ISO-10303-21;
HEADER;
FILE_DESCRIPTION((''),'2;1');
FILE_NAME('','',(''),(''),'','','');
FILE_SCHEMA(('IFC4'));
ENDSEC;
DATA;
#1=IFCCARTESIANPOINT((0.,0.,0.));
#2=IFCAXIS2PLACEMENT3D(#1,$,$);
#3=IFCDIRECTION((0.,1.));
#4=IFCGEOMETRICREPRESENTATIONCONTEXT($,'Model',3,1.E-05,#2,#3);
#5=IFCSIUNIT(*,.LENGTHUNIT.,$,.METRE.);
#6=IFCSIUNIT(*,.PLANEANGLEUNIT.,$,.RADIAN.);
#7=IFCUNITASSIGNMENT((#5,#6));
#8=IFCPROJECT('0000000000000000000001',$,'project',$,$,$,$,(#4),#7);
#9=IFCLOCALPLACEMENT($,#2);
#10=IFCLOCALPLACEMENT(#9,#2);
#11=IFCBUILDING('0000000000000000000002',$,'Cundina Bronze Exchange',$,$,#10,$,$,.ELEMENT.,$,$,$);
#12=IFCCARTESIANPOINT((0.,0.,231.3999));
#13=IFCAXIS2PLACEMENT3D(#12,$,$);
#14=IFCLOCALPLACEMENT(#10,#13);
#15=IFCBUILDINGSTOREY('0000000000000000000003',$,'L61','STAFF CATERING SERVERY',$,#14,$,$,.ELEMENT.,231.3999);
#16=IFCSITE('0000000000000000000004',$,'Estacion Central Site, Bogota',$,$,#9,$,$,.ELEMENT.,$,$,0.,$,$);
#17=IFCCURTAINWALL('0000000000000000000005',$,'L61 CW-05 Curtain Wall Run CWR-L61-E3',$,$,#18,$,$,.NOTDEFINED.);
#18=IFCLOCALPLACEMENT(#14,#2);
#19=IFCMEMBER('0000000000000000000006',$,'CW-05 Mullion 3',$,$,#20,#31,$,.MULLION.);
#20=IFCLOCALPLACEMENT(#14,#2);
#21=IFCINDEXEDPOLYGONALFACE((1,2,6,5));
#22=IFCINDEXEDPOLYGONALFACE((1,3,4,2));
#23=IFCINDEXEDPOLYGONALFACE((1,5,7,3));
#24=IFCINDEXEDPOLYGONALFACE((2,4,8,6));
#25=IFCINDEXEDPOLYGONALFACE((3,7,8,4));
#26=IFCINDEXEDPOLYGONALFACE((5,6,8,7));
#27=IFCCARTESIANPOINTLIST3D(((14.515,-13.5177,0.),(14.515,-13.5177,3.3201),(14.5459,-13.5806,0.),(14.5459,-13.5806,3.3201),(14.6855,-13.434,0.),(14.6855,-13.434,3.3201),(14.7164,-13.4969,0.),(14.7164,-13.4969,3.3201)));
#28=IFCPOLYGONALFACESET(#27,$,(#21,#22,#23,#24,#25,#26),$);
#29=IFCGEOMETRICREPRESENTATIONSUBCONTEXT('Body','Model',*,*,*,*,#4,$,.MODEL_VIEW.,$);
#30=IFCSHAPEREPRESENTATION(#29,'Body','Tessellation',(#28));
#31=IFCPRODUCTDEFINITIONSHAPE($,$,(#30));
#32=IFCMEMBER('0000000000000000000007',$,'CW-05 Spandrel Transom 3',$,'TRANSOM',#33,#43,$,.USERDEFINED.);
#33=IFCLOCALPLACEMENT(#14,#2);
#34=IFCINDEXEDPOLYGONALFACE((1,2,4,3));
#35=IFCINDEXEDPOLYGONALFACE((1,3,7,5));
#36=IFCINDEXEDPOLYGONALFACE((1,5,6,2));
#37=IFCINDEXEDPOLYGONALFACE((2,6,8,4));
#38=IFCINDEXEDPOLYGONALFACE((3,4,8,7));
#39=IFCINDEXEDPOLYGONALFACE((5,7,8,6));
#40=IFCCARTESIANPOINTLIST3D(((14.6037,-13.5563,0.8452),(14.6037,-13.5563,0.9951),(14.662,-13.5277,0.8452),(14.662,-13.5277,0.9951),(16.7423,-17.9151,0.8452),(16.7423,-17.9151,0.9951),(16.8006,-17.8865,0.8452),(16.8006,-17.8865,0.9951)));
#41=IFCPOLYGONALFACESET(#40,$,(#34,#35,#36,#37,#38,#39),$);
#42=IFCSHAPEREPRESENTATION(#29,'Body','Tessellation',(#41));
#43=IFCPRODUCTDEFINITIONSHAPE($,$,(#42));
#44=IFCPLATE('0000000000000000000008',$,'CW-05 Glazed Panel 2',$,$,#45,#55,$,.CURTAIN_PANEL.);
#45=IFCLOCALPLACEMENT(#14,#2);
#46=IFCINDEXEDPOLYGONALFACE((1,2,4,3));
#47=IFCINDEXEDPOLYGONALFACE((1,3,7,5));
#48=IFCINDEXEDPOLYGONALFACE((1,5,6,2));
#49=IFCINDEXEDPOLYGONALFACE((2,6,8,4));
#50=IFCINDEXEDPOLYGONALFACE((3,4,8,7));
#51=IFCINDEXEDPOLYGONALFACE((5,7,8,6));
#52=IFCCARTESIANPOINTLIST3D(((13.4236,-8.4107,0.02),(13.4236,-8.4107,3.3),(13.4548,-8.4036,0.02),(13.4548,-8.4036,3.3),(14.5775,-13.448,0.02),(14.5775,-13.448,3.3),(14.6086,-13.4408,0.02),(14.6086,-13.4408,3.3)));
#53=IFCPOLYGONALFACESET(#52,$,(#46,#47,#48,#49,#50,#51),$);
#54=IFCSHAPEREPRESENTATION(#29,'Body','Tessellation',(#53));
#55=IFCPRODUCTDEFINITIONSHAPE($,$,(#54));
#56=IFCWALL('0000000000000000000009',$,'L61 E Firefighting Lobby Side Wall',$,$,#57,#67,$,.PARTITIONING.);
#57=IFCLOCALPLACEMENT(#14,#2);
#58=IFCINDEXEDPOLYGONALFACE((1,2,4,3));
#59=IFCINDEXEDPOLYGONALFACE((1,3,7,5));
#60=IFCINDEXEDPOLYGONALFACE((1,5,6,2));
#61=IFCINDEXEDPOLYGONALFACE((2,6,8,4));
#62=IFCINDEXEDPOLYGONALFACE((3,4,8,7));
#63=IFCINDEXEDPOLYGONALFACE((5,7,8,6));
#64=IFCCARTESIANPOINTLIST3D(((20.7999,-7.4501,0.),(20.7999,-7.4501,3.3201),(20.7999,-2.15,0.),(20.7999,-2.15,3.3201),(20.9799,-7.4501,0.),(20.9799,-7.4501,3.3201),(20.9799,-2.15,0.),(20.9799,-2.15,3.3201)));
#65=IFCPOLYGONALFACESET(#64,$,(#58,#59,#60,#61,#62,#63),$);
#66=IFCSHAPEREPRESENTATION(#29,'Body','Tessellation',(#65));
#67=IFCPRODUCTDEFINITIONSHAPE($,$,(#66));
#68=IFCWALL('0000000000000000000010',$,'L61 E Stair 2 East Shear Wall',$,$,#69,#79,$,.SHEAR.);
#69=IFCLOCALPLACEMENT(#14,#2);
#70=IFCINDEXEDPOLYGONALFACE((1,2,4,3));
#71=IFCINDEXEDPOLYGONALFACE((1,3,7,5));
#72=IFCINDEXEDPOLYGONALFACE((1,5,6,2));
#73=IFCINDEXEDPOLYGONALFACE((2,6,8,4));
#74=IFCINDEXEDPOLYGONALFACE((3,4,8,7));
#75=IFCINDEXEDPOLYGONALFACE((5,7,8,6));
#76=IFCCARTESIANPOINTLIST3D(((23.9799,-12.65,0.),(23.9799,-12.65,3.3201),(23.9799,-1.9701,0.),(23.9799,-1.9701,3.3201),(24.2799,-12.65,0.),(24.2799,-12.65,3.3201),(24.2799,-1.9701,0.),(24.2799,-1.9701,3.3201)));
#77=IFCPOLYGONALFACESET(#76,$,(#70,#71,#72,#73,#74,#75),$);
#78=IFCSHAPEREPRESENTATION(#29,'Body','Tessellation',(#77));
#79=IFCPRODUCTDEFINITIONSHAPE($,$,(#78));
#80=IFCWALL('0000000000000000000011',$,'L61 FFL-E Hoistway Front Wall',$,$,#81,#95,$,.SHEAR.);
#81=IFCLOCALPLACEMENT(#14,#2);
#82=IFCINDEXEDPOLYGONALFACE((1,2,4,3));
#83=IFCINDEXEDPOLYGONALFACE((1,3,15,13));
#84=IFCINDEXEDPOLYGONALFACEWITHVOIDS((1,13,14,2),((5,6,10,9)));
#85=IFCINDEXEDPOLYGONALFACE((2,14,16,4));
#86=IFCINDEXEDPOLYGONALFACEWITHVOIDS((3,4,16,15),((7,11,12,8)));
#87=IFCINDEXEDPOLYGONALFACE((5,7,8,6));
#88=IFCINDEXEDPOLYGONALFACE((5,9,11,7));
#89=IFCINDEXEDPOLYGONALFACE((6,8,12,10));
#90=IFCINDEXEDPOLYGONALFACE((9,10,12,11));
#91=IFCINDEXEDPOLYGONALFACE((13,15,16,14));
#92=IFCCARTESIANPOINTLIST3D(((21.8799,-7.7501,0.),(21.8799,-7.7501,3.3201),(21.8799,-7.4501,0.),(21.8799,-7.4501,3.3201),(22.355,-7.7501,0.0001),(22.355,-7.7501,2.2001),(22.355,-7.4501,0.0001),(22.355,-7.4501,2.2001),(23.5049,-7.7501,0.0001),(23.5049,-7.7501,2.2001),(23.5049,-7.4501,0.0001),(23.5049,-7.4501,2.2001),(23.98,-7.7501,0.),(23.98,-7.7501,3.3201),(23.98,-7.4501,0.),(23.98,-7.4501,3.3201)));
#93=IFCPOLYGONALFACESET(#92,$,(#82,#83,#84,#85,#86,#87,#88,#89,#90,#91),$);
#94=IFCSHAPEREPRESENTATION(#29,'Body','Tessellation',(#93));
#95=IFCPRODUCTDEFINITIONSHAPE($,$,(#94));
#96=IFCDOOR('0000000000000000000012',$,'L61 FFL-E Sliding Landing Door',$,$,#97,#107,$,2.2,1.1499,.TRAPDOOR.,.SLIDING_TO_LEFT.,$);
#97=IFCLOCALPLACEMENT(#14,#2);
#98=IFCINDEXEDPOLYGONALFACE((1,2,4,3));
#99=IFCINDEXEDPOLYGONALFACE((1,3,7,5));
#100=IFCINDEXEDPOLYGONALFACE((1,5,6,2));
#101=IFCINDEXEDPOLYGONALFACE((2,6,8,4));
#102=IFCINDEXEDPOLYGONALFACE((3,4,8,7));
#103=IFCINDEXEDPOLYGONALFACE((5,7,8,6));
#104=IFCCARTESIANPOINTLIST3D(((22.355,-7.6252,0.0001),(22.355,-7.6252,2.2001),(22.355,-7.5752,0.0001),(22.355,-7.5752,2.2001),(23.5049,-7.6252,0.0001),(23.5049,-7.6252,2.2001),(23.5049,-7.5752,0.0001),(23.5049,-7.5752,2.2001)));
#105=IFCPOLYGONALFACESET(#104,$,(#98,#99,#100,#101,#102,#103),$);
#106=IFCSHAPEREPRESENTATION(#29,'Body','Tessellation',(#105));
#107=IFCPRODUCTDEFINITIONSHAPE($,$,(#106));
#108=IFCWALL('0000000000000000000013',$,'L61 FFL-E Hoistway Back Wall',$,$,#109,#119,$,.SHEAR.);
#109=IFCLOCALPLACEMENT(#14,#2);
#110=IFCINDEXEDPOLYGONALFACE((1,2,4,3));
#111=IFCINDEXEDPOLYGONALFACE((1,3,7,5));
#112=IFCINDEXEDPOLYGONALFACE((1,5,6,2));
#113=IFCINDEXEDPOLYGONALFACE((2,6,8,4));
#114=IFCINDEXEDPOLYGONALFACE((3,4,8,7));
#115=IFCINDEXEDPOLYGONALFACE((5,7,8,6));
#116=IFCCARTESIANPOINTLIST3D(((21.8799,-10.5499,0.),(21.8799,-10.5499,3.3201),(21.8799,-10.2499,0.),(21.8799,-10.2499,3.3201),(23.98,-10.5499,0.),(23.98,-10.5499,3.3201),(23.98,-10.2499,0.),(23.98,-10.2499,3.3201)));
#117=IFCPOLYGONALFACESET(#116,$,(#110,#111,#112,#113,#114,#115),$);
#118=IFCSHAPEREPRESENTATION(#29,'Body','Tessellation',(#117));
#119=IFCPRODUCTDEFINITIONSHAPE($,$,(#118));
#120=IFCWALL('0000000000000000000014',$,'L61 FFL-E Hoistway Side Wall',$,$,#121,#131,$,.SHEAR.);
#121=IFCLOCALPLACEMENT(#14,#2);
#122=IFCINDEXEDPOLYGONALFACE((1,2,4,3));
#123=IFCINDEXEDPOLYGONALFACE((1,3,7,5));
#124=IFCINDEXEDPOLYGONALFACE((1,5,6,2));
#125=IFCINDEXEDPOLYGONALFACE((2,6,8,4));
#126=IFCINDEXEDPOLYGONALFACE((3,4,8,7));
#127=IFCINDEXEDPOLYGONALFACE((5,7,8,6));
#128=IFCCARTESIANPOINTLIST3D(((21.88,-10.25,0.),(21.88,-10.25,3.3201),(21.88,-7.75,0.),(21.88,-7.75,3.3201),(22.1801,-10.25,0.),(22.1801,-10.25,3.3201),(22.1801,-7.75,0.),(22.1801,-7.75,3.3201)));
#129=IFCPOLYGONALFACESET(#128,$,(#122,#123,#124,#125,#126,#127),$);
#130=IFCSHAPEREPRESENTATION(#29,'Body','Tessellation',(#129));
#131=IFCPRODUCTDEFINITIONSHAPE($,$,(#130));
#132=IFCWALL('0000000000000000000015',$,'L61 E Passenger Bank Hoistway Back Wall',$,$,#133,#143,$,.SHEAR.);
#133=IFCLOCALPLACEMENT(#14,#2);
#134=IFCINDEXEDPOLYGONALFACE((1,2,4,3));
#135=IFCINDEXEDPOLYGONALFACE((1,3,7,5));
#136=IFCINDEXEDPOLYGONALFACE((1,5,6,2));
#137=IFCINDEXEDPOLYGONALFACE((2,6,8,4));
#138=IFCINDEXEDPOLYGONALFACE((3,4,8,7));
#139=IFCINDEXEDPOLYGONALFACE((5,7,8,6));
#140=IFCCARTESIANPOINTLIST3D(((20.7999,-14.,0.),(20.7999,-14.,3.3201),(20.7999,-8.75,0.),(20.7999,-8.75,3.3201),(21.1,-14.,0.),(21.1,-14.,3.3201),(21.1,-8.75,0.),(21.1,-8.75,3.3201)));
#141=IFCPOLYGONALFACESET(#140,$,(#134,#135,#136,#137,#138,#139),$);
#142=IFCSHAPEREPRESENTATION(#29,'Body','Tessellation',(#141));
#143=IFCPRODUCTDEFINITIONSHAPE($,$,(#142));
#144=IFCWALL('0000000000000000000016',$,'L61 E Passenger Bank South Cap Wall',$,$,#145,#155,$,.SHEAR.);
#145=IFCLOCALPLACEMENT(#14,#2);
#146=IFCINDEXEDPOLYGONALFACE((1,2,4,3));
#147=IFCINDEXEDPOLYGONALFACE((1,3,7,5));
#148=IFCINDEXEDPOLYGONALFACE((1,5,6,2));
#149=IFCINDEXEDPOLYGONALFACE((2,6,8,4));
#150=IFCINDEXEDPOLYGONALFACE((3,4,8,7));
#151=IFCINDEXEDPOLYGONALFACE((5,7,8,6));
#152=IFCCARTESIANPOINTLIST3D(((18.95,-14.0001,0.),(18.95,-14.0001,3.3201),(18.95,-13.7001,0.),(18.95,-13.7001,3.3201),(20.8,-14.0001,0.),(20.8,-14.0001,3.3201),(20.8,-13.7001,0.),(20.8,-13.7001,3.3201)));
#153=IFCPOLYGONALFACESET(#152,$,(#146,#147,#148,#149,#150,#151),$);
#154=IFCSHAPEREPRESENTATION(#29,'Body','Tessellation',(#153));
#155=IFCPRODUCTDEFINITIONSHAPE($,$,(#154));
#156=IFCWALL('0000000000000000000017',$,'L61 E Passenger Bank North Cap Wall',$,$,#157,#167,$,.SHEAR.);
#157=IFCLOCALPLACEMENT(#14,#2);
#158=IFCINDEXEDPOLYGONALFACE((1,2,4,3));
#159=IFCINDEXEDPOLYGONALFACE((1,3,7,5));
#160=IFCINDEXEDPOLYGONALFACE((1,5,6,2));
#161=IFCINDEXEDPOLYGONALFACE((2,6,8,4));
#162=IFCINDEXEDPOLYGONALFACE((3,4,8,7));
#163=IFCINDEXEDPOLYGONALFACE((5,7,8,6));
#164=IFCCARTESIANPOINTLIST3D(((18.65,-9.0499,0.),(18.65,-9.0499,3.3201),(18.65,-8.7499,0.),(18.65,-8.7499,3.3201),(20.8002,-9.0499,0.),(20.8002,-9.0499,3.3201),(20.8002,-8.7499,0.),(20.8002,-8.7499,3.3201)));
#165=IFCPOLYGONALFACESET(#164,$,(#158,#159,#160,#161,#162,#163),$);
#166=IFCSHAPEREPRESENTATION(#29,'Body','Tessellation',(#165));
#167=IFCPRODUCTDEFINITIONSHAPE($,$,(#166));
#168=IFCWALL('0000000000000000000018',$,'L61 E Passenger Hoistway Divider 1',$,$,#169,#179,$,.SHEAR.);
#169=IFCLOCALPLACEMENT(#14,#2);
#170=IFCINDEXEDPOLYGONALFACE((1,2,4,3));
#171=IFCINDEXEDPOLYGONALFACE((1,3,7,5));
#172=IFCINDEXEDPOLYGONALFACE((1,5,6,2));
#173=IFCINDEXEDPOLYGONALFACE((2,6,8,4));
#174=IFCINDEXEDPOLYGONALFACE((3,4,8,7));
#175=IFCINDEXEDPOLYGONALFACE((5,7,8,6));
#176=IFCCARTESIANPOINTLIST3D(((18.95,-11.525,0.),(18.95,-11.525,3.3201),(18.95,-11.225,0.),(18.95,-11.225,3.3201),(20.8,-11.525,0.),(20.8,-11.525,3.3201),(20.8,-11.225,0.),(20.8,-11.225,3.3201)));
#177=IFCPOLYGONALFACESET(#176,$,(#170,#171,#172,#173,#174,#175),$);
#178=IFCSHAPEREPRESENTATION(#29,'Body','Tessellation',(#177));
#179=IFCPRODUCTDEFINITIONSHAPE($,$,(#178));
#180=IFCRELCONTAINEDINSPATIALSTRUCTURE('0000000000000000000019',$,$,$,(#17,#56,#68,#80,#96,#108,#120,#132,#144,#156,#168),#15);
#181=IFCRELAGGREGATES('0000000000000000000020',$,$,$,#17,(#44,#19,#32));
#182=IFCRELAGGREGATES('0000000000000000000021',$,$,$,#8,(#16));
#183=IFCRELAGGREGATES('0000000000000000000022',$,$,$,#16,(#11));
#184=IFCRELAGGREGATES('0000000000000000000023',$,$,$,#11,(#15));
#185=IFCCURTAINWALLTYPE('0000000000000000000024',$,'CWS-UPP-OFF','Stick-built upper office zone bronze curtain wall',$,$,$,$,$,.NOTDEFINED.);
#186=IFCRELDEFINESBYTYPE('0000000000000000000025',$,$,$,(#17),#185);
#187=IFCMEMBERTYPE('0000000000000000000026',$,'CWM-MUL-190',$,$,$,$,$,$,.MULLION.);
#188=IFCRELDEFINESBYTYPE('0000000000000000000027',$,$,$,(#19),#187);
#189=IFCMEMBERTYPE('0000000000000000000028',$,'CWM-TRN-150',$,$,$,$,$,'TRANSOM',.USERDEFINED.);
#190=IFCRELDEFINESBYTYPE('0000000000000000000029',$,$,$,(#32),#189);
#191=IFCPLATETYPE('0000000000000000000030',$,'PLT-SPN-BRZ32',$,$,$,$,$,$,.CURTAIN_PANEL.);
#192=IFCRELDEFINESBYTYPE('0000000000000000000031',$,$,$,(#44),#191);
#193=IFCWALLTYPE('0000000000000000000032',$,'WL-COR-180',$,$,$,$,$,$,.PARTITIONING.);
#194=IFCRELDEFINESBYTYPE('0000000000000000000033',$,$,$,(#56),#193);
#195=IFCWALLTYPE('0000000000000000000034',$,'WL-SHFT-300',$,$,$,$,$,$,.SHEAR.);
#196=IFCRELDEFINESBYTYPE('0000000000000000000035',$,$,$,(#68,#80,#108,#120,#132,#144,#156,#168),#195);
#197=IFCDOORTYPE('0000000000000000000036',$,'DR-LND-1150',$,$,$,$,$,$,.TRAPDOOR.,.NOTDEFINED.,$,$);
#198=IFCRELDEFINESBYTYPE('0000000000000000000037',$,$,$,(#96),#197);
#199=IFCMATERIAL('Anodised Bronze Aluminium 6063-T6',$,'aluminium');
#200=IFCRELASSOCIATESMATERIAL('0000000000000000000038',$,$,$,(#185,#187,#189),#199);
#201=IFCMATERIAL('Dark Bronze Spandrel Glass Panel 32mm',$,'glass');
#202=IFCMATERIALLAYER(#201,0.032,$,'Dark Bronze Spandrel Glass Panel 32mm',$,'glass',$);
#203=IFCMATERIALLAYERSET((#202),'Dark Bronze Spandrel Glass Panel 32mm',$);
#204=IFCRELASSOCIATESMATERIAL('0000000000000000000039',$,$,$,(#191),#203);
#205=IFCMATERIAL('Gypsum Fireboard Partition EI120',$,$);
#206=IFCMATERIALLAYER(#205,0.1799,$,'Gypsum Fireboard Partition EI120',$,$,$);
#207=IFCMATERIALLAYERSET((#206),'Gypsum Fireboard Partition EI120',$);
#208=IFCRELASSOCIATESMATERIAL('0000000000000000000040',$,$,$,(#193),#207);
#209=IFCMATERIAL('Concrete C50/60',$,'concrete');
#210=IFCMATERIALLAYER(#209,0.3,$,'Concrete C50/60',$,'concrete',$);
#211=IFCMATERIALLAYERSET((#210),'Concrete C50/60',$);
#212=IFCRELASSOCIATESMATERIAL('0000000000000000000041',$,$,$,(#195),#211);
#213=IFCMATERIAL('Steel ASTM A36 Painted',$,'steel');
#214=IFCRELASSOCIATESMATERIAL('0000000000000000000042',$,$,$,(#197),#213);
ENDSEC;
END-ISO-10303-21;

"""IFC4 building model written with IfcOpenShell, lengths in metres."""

from ifc_helpers import new_model, si_unit, direction, frame, frame_2d, origin, origin_2d, place, context, subcontext, project, spatial, rectangle, extrude, material, layer, layer_set, material_profile, profile_set, type_object, element, fill, aggregate, save


model = new_model("IFC4")

# Units and contexts
model_context = context("Model", 3, precision=1e-05, world=origin(), true_north=direction((0.0, 1.0)))
body_context = subcontext(model_context, "Body", "Model", "MODEL_VIEW")
ifc_project = project(units=[si_unit("LENGTHUNIT", "METRE"), si_unit("PLANEANGLEUNIT", "RADIAN")], contexts=[model_context])

# Site, building, storey
site_placement = place(None, origin())
site = spatial("IfcSite", under=ifc_project, at=site_placement, Name="Estacion Central Site, Bogota", CompositionType="ELEMENT", RefElevation=0.0)
building_placement = place(site_placement, origin())
building = spatial("IfcBuilding", under=site, at=building_placement, Name="Cundina Bronze Exchange", CompositionType="ELEMENT")
storey_placement = place(building_placement, frame((0.0, 0.0, 231.3999)))
storey = spatial("IfcBuildingStorey", under=building, at=storey_placement, Name="L61", Description="STAFF CATERING SERVERY", CompositionType="ELEMENT", Elevation=231.3999)

# Shared definitions
ifc_material_1 = material(Name="Concrete C50/60", Category="concrete")

# Curtain wall, members, plate
ifc_material_2 = material(Name="Anodised Bronze Aluminium 6063-T6", Category="aluminium")
curtain_wall_type = type_object("IfcCurtainWallType", Name="CWS-UPP-OFF", Description="Stick-built upper office zone bronze curtain wall", PredefinedType="NOTDEFINED", material=ifc_material_2)
curtain_wall_placement = place(storey_placement, origin())
curtain_wall = element("IfcCurtainWall", 1, at=curtain_wall_placement, inside=storey, type_object=curtain_wall_type, Name="L61 CW-05 Curtain Wall Run CWR-L61-E3", PredefinedType="NOTDEFINED")
ifc_material_profile_1 = material_profile(ifc_material_2, rectangle(XDim=0.0701, YDim=0.1899, at=origin_2d()), Name="AL70X190", Category="aluminium")
ifc_profile_set_1 = profile_set([ifc_material_profile_1], Name="Anodised Bronze Aluminium 6063-T6")
member_type_1 = type_object("IfcMemberType", Name="CWM-MUL-190", PredefinedType="MULLION", material=ifc_profile_set_1)
member_1_placement = place(storey_placement, frame((14.6157, -13.5073, 0.0), z_axis=(0.0, 0.0, 1.0), x_axis=(0.440566, -0.89772, 0.0)))
member_1 = element("IfcMember", 2, at=member_1_placement, type_object=member_type_1, Name="CW-05 Mullion 3", PredefinedType="MULLION", context=body_context, shape_type="SweptSolid", body=[
    extrude(rectangle(XDim=0.0701, YDim=0.1899, at=origin_2d()), origin(), (0.0, 0.0, 1.0), 3.3201),
])
ifc_material_profile_2 = material_profile(ifc_material_2, rectangle(XDim=0.0649, YDim=0.1499, at=origin_2d()), Name="AL65X150", Category="aluminium")
ifc_profile_set_2 = profile_set([ifc_material_profile_2], Name="Anodised Bronze Aluminium 6063-T6")
member_type_2 = type_object("IfcMemberType", Name="CWM-TRN-150", ElementType="TRANSOM", PredefinedType="USERDEFINED", material=ifc_profile_set_2)
member_2_placement = place(storey_placement, frame((14.6328, -13.542, 0.9202), z_axis=(0.440483, -0.897761, 0.0), x_axis=(0.897761, 0.440483, 0.0)))
member_2 = element("IfcMember", 3, at=member_2_placement, type_object=member_type_2, Name="CW-05 Spandrel Transom 3", ObjectType="TRANSOM", PredefinedType="USERDEFINED", context=body_context, shape_type="SweptSolid", body=[
    extrude(rectangle(XDim=0.0649, YDim=0.1499, at=origin_2d()), origin(), (0.0, 0.0, 1.0), 4.8552),
])
ifc_material_3 = material(Name="Dark Bronze Spandrel Glass Panel 32mm", Category="glass")
ifc_layer_1 = layer(ifc_material_3, 0.032, Name="Dark Bronze Spandrel Glass Panel 32mm", Category="glass")
ifc_layer_set_1 = layer_set([ifc_layer_1], Name="Dark Bronze Spandrel Glass Panel 32mm")
plate_type = type_object("IfcPlateType", Name="PLT-SPN-BRZ32", PredefinedType="CURTAIN_PANEL", material=ifc_layer_set_1)
plate_placement = place(storey_placement, frame((14.0161, -10.9258, 0.02), z_axis=(0.0, 0.0, 1.0), x_axis=(0.223284, -0.974753, 0.0)))
plate = element("IfcPlate", 4, at=plate_placement, type_object=plate_type, Name="CW-05 Glazed Panel 2", PredefinedType="CURTAIN_PANEL", context=body_context, shape_type="SweptSolid", body=[
    extrude(rectangle(XDim=5.1677, YDim=0.032, at=origin_2d()), origin(), (0.0, 0.0, 1.0), 3.28),
])
aggregate(curtain_wall, [plate, member_1, member_2])

# Walls
ifc_material_4 = material(Name="Gypsum Fireboard Partition EI120")
ifc_layer_2 = layer(ifc_material_4, 0.1799, Name="Gypsum Fireboard Partition EI120")
ifc_layer_set_2 = layer_set([ifc_layer_2], Name="Gypsum Fireboard Partition EI120")
wall_type_1 = type_object("IfcWallType", Name="WL-COR-180", PredefinedType="PARTITIONING", material=ifc_layer_set_2)
wall_1_placement = place(storey_placement, frame((20.8899, -7.45, 0.0), z_axis=(0.0, 0.0, 1.0), x_axis=(0.0, 1.0, 0.0)))
element("IfcWall", 5, at=wall_1_placement, inside=storey, type_object=wall_type_1, Name="L61 E Firefighting Lobby Side Wall", PredefinedType="PARTITIONING", context=body_context, shape_type="SweptSolid", body=[
    extrude(rectangle(XDim=5.3, YDim=0.1799, at=frame_2d((2.6499, 0.0))), origin(), (0.0, 0.0, 1.0), 3.3201),
])
ifc_layer_3 = layer(ifc_material_1, 0.3, Name="Concrete C50/60", Category="concrete")
ifc_layer_set_3 = layer_set([ifc_layer_3], Name="Concrete C50/60")
wall_type_2 = type_object("IfcWallType", Name="WL-SHFT-300", PredefinedType="SHEAR", material=ifc_layer_set_3)
wall_2_placement = place(storey_placement, frame((24.1299, -12.6499, 0.0), z_axis=(0.0, 0.0, 1.0), x_axis=(0.0, 1.0, 0.0)))
element("IfcWall", 6, at=wall_2_placement, inside=storey, type_object=wall_type_2, Name="L61 E Stair 2 East Shear Wall", PredefinedType="SHEAR", context=body_context, shape_type="SweptSolid", body=[
    extrude(rectangle(XDim=10.6799, YDim=0.3, at=frame_2d((5.3398, 0.0))), origin(), (0.0, 0.0, 1.0), 3.3201),
])

# Wall, opening, door
ifc_material_5 = material(Name="Steel ASTM A36 Painted", Category="steel")
wall_3_placement = place(storey_placement, frame((21.8799, -7.6001, 0.0), z_axis=(0.0, 0.0, 1.0), x_axis=(1.0, 0.0, 0.0)))
wall_3 = element("IfcWall", 7, at=wall_3_placement, inside=storey, type_object=wall_type_2, Name="L61 FFL-E Hoistway Front Wall", PredefinedType="SHEAR", context=body_context, shape_type="SweptSolid", body=[
    extrude(rectangle(XDim=2.1001, YDim=0.3, at=frame_2d((1.05, 0.0))), origin(), (0.0, 0.0, 1.0), 3.3201),
])
opening_1_placement = place(wall_3_placement, frame((0.4751, 0.0, 0.0)))
opening_1 = element("IfcOpeningElement", 8, at=opening_1_placement, cuts=wall_3, PredefinedType="OPENING", context=body_context, shape_type="SweptSolid", body=[
    extrude(rectangle(XDim=1.1499, YDim=2.2, at=frame_2d((0.575, 1.1001))), frame((0.0, 0.1599, 0.0), z_axis=(0.0, -1.0, 0.0), x_axis=(1.0, 0.0, 0.0)), (0.0, 0.0, 1.0), 0.3201),
])
door_type_1 = type_object("IfcDoorType", Name="DR-LND-1150", OperationType="NOTDEFINED", PredefinedType="TRAPDOOR", material=ifc_material_5)
door_1_placement = place(opening_1_placement, origin())
door_1 = element("IfcDoor", 9, at=door_1_placement, inside=storey, type_object=door_type_1, Name="L61 FFL-E Sliding Landing Door", OperationType="SLIDING_TO_LEFT", OverallHeight=2.2, OverallWidth=1.1499, PredefinedType="TRAPDOOR", context=body_context, shape_type="SweptSolid", body=[
    extrude(rectangle(XDim=1.1499, YDim=2.2, at=frame_2d((0.575, 1.1001))), frame((0.0, 0.0249, 0.0), z_axis=(0.0, -1.0, 0.0), x_axis=(1.0, 0.0, 0.0)), (0.0, 0.0, 1.0), 0.05),
])
fill(opening_1, door_1)

# Walls
wall_4_placement = place(storey_placement, frame((21.8799, -10.3999, 0.0), z_axis=(0.0, 0.0, 1.0), x_axis=(1.0, 0.0, 0.0)))
element("IfcWall", 10, at=wall_4_placement, inside=storey, type_object=wall_type_2, Name="L61 FFL-E Hoistway Back Wall", PredefinedType="SHEAR", context=body_context, shape_type="SweptSolid", body=[
    extrude(rectangle(XDim=2.1001, YDim=0.3, at=frame_2d((1.05, 0.0))), origin(), (0.0, 0.0, 1.0), 3.3201),
])
wall_5_placement = place(storey_placement, frame((22.03, -10.25, 0.0), z_axis=(0.0, 0.0, 1.0), x_axis=(0.0, 1.0, 0.0)))
element("IfcWall", 11, at=wall_5_placement, inside=storey, type_object=wall_type_2, Name="L61 FFL-E Hoistway Side Wall", PredefinedType="SHEAR", context=body_context, shape_type="SweptSolid", body=[
    extrude(rectangle(XDim=2.5, YDim=0.3, at=frame_2d((1.25, 0.0))), origin(), (0.0, 0.0, 1.0), 3.3201),
])
wall_6_placement = place(storey_placement, frame((20.95, -14.0, 0.0), z_axis=(0.0, 0.0, 1.0), x_axis=(0.0, 1.0, 0.0)))
element("IfcWall", 12, at=wall_6_placement, inside=storey, type_object=wall_type_2, Name="L61 E Passenger Bank Hoistway Back Wall", PredefinedType="SHEAR", context=body_context, shape_type="SweptSolid", body=[
    extrude(rectangle(XDim=5.25, YDim=0.3, at=frame_2d((2.625, 0.0))), origin(), (0.0, 0.0, 1.0), 3.3201),
])
wall_7_placement = place(storey_placement, frame((18.95, -13.8501, 0.0), z_axis=(0.0, 0.0, 1.0), x_axis=(1.0, 0.0, 0.0)))
element("IfcWall", 13, at=wall_7_placement, inside=storey, type_object=wall_type_2, Name="L61 E Passenger Bank South Cap Wall", PredefinedType="SHEAR", context=body_context, shape_type="SweptSolid", body=[
    extrude(rectangle(XDim=1.8501, YDim=0.3, at=frame_2d((0.925, 0.0))), origin(), (0.0, 0.0, 1.0), 3.3201),
])
wall_8_placement = place(storey_placement, frame((18.6499, -8.8999, 0.0), z_axis=(0.0, 0.0, 1.0), x_axis=(1.0, 0.0, 0.0)))
element("IfcWall", 14, at=wall_8_placement, inside=storey, type_object=wall_type_2, Name="L61 E Passenger Bank North Cap Wall", PredefinedType="SHEAR", context=body_context, shape_type="SweptSolid", body=[
    extrude(rectangle(XDim=2.1501, YDim=0.3, at=frame_2d((1.0752, 0.0))), origin(), (0.0, 0.0, 1.0), 3.3201),
])
wall_9_placement = place(storey_placement, frame((18.95, -11.375, 0.0), z_axis=(0.0, 0.0, 1.0), x_axis=(1.0, 0.0, 0.0)))
element("IfcWall", 15, at=wall_9_placement, inside=storey, type_object=wall_type_2, Name="L61 E Passenger Hoistway Divider 1", PredefinedType="SHEAR", context=body_context, shape_type="SweptSolid", body=[
    extrude(rectangle(XDim=1.8501, YDim=0.3, at=frame_2d((0.925, 0.0))), origin(), (0.0, 0.0, 1.0), 3.3201),
])

save(model, "model.ifc")
